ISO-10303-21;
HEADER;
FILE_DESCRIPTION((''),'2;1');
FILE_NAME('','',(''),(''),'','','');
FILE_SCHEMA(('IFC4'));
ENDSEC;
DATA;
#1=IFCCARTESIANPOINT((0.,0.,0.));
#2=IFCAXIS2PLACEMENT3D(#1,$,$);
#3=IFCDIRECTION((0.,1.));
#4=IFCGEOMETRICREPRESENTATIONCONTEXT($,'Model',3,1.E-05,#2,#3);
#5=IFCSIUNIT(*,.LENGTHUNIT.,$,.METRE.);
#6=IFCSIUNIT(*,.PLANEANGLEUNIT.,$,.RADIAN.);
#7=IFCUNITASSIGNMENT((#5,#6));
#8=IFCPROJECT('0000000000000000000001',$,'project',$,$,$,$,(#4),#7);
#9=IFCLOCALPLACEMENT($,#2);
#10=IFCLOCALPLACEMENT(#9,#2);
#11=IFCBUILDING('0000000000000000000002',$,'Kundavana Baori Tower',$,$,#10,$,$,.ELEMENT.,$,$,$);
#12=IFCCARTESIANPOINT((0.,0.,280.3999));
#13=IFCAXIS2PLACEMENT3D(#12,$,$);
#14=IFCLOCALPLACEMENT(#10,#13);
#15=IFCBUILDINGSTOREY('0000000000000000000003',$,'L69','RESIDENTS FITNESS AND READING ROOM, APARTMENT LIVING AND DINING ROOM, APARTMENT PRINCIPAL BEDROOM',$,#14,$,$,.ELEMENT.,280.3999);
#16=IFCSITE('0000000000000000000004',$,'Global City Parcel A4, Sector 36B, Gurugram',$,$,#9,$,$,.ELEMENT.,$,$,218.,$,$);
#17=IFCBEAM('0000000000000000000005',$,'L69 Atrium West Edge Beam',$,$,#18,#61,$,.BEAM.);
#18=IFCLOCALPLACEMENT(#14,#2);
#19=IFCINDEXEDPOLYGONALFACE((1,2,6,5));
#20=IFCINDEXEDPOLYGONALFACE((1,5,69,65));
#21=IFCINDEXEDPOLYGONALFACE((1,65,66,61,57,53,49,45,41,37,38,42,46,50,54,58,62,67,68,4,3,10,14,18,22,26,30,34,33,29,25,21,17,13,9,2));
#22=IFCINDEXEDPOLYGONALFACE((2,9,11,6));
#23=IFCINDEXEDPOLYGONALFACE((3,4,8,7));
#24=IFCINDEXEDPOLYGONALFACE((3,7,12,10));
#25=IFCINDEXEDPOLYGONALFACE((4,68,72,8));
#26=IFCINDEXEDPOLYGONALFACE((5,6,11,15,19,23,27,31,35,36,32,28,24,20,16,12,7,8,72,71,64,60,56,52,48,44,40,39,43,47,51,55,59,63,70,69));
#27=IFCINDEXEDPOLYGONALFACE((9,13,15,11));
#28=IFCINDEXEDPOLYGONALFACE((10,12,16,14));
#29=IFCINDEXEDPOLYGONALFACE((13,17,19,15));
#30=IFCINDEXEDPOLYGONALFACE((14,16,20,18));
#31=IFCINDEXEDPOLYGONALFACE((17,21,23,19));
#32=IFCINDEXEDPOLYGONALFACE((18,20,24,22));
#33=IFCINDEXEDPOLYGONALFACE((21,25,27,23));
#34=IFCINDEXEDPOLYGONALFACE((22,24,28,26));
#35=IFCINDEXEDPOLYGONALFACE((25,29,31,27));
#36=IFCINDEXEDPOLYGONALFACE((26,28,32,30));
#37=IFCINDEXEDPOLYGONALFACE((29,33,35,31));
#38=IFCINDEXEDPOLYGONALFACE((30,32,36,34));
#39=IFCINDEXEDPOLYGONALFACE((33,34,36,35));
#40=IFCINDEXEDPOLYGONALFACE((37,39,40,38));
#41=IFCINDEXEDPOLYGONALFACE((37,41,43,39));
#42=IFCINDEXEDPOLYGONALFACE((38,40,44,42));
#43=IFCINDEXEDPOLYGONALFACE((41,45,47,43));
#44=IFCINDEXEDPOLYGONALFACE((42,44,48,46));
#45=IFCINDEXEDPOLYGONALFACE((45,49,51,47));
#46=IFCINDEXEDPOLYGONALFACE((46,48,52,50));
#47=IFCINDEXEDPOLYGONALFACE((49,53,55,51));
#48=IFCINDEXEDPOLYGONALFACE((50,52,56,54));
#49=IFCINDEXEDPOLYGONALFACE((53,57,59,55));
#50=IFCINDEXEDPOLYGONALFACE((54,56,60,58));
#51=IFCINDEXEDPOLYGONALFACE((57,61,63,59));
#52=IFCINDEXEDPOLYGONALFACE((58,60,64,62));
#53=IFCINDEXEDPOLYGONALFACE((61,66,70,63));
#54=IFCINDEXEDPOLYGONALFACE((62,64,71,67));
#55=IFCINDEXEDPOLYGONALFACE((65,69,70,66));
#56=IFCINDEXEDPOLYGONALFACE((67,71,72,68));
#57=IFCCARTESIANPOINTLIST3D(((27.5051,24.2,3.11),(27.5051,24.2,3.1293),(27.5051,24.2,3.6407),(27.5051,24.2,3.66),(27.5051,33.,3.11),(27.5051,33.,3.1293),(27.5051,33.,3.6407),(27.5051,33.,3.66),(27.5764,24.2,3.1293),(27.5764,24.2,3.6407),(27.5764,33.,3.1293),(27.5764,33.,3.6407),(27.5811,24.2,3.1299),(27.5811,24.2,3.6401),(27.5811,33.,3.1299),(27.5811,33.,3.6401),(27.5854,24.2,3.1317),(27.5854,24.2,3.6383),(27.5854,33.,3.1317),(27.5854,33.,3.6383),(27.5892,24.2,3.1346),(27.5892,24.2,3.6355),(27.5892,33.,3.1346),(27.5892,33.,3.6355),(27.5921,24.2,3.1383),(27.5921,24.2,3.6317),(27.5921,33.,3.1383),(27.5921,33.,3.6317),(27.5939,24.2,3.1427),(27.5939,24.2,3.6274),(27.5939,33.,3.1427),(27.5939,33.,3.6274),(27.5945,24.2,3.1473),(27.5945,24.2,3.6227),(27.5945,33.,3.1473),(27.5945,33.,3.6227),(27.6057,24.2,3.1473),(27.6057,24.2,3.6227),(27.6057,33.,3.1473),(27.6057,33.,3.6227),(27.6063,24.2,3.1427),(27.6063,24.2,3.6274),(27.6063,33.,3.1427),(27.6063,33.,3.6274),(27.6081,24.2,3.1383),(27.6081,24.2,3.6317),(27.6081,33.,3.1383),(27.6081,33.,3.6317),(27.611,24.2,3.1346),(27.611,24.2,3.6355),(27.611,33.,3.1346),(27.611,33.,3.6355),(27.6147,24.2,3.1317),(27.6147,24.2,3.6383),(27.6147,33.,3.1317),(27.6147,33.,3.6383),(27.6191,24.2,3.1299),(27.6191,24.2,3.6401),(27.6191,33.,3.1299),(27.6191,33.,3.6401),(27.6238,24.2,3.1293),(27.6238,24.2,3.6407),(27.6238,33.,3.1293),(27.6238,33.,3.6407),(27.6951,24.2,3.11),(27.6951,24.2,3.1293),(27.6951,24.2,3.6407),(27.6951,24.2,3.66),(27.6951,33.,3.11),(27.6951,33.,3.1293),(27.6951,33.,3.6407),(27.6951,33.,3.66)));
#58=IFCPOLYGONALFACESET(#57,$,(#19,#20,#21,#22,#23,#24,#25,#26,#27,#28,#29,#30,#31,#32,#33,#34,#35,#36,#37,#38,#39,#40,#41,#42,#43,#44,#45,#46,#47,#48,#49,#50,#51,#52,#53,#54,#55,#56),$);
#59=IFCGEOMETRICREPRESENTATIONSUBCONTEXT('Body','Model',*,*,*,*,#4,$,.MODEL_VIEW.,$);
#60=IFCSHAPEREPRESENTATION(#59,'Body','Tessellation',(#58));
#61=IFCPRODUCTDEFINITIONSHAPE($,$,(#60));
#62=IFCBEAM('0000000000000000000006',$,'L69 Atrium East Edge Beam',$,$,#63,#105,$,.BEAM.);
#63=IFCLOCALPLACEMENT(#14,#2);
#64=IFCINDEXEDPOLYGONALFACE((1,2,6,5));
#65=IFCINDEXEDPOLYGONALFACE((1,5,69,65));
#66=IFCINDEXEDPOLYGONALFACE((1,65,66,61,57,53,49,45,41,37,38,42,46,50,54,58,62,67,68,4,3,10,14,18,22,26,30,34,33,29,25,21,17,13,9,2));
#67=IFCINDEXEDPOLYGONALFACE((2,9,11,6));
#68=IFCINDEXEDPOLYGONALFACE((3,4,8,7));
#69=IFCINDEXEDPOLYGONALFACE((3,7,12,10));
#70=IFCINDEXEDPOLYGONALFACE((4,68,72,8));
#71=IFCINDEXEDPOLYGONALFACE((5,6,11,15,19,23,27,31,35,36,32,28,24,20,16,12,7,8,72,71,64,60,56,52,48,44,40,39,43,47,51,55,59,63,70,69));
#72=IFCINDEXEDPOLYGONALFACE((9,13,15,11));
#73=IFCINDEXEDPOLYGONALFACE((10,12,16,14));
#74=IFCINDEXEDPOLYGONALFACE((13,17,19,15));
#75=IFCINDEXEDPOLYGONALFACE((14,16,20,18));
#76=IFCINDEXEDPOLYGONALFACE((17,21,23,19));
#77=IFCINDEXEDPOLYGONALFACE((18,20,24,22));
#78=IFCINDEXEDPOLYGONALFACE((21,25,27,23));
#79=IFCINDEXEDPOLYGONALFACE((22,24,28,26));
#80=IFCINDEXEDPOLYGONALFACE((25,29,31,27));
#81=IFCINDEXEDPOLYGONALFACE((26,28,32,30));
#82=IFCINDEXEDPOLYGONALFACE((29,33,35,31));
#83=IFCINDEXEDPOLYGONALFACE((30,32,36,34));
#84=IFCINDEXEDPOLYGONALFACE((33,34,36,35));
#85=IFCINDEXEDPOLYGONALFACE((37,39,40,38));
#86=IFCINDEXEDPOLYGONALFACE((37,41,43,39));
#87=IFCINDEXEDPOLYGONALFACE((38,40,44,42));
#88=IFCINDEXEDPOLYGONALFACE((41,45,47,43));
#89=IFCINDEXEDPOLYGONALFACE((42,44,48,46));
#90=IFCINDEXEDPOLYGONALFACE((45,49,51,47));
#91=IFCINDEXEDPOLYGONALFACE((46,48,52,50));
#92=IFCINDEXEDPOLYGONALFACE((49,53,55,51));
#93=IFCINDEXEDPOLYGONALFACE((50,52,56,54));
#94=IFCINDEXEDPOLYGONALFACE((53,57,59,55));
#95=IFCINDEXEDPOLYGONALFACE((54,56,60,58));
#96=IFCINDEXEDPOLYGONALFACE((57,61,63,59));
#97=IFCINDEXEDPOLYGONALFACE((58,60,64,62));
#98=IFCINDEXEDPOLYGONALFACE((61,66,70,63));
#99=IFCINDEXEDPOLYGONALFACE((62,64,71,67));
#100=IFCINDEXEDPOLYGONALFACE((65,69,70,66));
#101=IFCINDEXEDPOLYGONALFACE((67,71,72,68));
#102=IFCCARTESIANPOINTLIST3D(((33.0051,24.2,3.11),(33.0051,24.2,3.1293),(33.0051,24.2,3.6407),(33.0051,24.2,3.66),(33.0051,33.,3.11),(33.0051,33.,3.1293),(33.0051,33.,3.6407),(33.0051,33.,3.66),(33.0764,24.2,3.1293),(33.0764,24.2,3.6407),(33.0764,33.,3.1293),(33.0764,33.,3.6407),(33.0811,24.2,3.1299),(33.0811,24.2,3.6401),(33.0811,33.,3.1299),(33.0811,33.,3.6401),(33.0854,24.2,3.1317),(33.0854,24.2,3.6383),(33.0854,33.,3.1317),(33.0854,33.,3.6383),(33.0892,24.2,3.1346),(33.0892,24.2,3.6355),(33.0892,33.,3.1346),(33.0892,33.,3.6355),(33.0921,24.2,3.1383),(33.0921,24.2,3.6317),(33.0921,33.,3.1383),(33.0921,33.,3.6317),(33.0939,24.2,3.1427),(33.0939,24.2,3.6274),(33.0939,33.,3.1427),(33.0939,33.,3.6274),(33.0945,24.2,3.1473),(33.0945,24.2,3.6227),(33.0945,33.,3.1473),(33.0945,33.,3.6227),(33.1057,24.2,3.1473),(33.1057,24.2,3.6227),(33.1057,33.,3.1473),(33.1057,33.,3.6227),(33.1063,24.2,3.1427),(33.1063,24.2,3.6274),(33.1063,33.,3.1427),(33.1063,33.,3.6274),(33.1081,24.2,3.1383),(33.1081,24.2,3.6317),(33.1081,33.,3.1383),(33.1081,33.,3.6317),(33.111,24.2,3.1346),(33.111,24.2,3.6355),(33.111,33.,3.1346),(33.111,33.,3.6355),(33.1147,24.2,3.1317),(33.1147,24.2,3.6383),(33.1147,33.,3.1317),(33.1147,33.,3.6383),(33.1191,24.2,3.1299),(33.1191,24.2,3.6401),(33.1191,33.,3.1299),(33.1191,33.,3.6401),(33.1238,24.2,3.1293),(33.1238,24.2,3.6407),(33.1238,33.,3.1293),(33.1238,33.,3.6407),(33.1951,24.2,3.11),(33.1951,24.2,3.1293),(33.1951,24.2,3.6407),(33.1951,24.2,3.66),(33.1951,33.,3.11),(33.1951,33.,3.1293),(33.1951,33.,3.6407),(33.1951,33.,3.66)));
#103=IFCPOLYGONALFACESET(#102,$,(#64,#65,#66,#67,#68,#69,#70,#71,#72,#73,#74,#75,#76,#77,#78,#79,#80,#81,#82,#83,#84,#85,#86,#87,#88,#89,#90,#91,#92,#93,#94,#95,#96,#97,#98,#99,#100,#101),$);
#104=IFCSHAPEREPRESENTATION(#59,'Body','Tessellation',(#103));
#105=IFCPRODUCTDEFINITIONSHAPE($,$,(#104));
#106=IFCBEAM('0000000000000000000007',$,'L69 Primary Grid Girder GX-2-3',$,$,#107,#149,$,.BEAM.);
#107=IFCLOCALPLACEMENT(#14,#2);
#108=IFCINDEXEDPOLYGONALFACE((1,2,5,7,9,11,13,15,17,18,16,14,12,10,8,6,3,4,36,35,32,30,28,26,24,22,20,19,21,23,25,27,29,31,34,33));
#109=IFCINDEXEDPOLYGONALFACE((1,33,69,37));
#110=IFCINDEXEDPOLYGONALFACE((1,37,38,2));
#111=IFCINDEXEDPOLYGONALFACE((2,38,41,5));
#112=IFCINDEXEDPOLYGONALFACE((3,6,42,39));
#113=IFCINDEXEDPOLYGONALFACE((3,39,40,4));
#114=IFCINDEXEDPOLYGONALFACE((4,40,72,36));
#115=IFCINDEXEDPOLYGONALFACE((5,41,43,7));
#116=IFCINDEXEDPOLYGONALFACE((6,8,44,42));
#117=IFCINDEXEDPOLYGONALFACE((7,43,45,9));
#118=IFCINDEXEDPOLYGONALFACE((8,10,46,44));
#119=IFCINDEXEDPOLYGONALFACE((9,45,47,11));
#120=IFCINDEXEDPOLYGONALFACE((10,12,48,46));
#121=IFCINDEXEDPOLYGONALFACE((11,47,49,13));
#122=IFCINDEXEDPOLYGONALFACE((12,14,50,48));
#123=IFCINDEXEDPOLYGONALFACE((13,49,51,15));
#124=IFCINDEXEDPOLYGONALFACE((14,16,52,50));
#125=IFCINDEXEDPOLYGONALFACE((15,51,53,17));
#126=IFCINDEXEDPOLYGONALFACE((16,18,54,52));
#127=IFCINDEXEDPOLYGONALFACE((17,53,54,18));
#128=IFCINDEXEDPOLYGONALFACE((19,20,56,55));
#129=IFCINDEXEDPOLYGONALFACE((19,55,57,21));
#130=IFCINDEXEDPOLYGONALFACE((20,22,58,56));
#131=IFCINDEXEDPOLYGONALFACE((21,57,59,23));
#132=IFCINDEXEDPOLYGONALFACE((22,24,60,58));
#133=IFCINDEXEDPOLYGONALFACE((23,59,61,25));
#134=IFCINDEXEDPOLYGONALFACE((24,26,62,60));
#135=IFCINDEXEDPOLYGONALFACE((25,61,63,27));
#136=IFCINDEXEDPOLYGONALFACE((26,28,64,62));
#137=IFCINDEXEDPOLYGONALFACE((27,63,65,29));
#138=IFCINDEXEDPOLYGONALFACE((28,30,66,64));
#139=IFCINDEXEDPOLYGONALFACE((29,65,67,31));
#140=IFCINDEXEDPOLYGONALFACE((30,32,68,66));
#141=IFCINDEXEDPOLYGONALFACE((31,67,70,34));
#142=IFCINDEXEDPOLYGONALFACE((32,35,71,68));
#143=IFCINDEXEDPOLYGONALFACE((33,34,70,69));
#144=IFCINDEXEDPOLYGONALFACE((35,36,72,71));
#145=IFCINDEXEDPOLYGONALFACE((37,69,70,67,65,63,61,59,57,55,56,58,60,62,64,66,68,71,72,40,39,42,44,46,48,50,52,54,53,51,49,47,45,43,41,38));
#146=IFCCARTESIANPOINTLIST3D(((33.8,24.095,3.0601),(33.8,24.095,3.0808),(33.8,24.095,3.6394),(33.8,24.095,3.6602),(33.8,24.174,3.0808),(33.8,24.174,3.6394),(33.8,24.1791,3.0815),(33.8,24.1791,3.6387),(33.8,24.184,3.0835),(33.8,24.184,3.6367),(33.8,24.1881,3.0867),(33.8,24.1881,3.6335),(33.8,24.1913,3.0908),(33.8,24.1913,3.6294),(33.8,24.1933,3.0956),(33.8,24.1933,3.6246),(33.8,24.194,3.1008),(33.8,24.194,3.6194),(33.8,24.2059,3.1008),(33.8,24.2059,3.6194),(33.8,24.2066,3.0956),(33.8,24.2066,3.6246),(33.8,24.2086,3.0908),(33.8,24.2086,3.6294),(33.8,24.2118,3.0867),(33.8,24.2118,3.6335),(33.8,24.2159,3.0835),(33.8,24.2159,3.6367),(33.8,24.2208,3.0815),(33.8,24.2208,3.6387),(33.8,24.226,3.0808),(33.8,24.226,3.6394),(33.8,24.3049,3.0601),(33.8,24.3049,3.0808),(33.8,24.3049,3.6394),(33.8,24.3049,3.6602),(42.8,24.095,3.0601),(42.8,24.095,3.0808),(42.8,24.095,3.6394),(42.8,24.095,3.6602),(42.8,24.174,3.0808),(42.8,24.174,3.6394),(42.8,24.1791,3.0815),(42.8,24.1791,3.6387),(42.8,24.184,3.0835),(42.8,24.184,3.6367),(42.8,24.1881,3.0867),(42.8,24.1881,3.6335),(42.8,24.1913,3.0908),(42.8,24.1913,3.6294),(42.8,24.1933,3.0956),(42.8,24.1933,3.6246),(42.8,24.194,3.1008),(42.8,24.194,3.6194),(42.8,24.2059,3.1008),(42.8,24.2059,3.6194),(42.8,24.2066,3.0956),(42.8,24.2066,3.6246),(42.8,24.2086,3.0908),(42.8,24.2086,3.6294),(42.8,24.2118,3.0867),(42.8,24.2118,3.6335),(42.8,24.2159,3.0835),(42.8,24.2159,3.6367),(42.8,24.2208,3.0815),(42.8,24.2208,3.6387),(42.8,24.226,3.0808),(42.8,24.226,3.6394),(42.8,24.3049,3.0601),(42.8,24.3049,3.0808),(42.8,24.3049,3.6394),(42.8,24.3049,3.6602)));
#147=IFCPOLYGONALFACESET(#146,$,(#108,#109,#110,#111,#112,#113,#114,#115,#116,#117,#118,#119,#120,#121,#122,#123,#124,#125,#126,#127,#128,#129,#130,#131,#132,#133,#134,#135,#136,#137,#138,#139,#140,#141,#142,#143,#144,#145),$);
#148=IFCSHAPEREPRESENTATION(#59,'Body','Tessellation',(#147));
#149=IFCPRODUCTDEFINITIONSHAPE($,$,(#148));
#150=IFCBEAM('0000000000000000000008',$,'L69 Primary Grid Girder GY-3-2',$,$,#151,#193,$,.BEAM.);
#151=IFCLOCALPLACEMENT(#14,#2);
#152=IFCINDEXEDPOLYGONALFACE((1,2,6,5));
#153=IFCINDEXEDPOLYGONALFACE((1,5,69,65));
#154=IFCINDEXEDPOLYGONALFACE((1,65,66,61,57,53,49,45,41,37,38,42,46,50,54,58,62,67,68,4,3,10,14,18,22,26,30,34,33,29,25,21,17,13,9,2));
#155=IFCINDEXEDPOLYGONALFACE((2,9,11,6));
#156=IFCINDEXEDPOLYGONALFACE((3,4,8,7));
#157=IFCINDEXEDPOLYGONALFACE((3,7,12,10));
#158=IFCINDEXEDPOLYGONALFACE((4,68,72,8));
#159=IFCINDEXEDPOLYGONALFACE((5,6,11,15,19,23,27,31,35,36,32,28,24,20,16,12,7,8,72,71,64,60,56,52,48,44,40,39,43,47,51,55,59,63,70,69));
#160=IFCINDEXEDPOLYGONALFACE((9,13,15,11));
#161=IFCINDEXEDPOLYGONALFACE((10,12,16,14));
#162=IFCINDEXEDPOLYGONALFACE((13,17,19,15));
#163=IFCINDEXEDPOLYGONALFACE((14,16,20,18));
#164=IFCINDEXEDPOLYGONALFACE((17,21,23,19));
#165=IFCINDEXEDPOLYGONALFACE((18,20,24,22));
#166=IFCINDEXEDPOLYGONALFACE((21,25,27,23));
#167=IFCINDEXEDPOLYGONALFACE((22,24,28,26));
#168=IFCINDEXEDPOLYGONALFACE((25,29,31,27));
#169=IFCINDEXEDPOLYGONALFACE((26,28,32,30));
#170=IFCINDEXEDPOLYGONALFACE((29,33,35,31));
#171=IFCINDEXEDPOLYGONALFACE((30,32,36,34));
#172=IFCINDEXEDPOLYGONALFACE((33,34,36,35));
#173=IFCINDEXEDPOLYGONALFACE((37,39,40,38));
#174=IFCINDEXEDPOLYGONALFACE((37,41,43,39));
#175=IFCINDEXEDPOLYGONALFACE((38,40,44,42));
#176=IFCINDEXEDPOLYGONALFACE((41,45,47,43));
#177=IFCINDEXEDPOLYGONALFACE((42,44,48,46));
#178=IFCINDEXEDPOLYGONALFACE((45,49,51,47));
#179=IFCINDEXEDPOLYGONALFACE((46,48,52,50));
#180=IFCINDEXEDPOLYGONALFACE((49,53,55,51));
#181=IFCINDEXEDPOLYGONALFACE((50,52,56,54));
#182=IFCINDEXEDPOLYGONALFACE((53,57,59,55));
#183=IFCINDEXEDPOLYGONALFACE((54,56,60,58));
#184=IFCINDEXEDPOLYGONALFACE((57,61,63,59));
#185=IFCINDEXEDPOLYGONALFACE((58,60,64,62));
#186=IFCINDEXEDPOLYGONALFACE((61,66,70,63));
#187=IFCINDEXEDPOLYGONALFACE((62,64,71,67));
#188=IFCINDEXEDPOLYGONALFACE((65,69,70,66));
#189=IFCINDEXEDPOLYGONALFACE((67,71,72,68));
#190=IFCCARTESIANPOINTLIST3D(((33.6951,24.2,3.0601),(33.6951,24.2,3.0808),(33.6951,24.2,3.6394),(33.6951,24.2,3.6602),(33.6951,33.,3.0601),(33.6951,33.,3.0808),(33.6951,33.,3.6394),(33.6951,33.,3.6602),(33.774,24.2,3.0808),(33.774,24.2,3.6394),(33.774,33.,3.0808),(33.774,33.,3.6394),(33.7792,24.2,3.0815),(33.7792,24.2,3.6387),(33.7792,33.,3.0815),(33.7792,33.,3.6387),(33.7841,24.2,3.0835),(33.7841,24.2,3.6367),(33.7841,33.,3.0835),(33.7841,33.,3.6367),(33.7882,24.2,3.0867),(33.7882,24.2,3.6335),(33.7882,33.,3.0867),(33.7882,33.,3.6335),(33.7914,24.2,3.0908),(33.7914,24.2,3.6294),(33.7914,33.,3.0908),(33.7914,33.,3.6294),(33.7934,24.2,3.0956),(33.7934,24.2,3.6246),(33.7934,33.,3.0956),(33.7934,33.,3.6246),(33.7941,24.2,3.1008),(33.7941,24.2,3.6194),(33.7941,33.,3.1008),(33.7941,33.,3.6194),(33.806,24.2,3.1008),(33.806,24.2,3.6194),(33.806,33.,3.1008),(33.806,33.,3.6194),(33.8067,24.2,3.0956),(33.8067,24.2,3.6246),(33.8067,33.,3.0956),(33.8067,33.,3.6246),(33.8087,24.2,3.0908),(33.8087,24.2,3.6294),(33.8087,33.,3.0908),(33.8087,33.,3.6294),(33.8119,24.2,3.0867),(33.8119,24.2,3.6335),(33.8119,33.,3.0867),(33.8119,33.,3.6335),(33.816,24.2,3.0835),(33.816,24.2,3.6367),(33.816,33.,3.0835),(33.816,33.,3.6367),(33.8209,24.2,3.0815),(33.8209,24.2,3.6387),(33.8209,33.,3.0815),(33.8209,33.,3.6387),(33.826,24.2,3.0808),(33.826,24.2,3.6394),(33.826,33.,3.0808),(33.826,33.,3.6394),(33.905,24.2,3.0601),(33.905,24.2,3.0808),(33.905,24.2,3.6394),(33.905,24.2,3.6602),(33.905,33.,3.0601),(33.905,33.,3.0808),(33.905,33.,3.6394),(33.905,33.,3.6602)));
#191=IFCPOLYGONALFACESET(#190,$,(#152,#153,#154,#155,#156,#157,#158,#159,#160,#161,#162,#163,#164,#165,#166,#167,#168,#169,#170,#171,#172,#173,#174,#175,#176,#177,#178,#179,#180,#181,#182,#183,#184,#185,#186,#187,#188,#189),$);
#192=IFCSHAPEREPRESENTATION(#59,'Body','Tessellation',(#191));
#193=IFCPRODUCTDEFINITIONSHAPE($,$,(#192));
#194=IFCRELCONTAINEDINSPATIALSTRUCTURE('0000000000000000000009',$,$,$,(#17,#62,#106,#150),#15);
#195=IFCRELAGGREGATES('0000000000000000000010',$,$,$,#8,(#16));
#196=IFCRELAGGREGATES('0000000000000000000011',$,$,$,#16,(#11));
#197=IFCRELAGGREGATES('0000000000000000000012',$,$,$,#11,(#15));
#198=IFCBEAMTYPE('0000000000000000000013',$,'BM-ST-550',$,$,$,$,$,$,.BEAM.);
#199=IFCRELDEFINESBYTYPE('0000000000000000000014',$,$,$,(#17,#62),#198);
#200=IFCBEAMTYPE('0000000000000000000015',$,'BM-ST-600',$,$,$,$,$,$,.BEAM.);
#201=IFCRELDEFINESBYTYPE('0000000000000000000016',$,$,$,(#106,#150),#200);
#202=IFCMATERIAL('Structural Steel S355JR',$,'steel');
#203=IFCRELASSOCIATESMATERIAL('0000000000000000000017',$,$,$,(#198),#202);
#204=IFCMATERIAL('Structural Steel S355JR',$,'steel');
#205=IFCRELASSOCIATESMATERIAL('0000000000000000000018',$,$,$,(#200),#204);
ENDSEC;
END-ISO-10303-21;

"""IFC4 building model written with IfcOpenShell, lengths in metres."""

from ifc_helpers import new_model, si_unit, direction, frame, origin, origin_2d, place, context, subcontext, project, spatial, i_section, extrude, material, material_profile, profile_set, type_object, element, save


model = new_model("IFC4")

# Units and contexts
model_context = context("Model", 3, precision=1e-05, world=origin(), true_north=direction((0.0, 1.0)))
body_context = subcontext(model_context, "Body", "Model", "MODEL_VIEW")
ifc_project = project(units=[si_unit("LENGTHUNIT", "METRE"), si_unit("PLANEANGLEUNIT", "RADIAN")], contexts=[model_context])

# Site, building, storey
site_placement = place(None, origin())
site = spatial("IfcSite", under=ifc_project, at=site_placement, Name="Global City Parcel A4, Sector 36B, Gurugram", CompositionType="ELEMENT", RefElevation=218.0)
building_placement = place(site_placement, origin())
building = spatial("IfcBuilding", under=site, at=building_placement, Name="Kundavana Baori Tower", CompositionType="ELEMENT")
storey_placement = place(building_placement, frame((0.0, 0.0, 280.3999)))
storey = spatial("IfcBuildingStorey", under=building, at=storey_placement, Name="L69", Description="RESIDENTS FITNESS AND READING ROOM, APARTMENT LIVING AND DINING ROOM, APARTMENT PRINCIPAL BEDROOM", CompositionType="ELEMENT", Elevation=280.3999)

# Beams
ifc_material_1 = material(Name="Structural Steel S355JR", Category="steel")
ifc_material_profile_1 = material_profile(ifc_material_1, i_section(OverallWidth=0.1899, OverallDepth=0.55, WebThickness=0.0112, FlangeThickness=0.0193, FilletRadius=0.0181, at=origin_2d()), Name="ISMB 550")
ifc_profile_set_1 = profile_set([ifc_material_profile_1], Name="Structural Steel S355JR")
beam_type_1 = type_object("IfcBeamType", Name="BM-ST-550", PredefinedType="BEAM", material=ifc_profile_set_1)
for number, where, z_axis, x_axis, name in (
    (1, (27.6001, 24.2, 3.385), (0.0, 1.0, 0.0), (-1.0, 0.0, 0.0), "L69 Atrium West Edge Beam"),
    (2, (33.1001, 24.2, 3.385), (0.0, 1.0, 0.0), (-1.0, 0.0, 0.0), "L69 Atrium East Edge Beam"),
):
    element("IfcBeam", number, at=place(storey_placement, frame(where, z_axis=z_axis, x_axis=x_axis)), inside=storey, type_object=beam_type_1, Name=name, PredefinedType="BEAM", context=body_context, shape_type="SweptSolid", body=[
        extrude(i_section(OverallWidth=0.1899, OverallDepth=0.55, WebThickness=0.0112, FlangeThickness=0.0193, FilletRadius=0.0181, at=origin_2d()), origin(), (0.0, 0.0, 1.0), 8.8),
    ])
ifc_material_2 = material(Name="Structural Steel S355JR", Category="steel")
ifc_material_profile_2 = material_profile(ifc_material_2, i_section(OverallWidth=0.21, OverallDepth=0.6001, WebThickness=0.012, FlangeThickness=0.0208, FilletRadius=0.02, at=origin_2d()), Name="ISMB 600")
ifc_profile_set_2 = profile_set([ifc_material_profile_2], Name="Structural Steel S355JR")
beam_type_2 = type_object("IfcBeamType", Name="BM-ST-600", PredefinedType="BEAM", material=ifc_profile_set_2)
beam_1_placement = place(storey_placement, frame((33.8, 24.2, 3.3601), z_axis=(1.0, 0.0, 0.0), x_axis=(0.0, 1.0, 0.0)))
element("IfcBeam", 3, at=beam_1_placement, inside=storey, type_object=beam_type_2, Name="L69 Primary Grid Girder GX-2-3", PredefinedType="BEAM", context=body_context, shape_type="SweptSolid", body=[
    extrude(i_section(OverallWidth=0.21, OverallDepth=0.6001, WebThickness=0.012, FlangeThickness=0.0208, FilletRadius=0.02, at=origin_2d()), origin(), (0.0, 0.0, 1.0), 9.0),
])
beam_2_placement = place(storey_placement, frame((33.8, 24.2, 3.3601), z_axis=(0.0, 1.0, 0.0), x_axis=(-1.0, 0.0, 0.0)))
element("IfcBeam", 4, at=beam_2_placement, inside=storey, type_object=beam_type_2, Name="L69 Primary Grid Girder GY-3-2", PredefinedType="BEAM", context=body_context, shape_type="SweptSolid", body=[
    extrude(i_section(OverallWidth=0.21, OverallDepth=0.6001, WebThickness=0.012, FlangeThickness=0.0208, FilletRadius=0.02, at=origin_2d()), origin(), (0.0, 0.0, 1.0), 8.8),
])

save(model, "model.ifc")
